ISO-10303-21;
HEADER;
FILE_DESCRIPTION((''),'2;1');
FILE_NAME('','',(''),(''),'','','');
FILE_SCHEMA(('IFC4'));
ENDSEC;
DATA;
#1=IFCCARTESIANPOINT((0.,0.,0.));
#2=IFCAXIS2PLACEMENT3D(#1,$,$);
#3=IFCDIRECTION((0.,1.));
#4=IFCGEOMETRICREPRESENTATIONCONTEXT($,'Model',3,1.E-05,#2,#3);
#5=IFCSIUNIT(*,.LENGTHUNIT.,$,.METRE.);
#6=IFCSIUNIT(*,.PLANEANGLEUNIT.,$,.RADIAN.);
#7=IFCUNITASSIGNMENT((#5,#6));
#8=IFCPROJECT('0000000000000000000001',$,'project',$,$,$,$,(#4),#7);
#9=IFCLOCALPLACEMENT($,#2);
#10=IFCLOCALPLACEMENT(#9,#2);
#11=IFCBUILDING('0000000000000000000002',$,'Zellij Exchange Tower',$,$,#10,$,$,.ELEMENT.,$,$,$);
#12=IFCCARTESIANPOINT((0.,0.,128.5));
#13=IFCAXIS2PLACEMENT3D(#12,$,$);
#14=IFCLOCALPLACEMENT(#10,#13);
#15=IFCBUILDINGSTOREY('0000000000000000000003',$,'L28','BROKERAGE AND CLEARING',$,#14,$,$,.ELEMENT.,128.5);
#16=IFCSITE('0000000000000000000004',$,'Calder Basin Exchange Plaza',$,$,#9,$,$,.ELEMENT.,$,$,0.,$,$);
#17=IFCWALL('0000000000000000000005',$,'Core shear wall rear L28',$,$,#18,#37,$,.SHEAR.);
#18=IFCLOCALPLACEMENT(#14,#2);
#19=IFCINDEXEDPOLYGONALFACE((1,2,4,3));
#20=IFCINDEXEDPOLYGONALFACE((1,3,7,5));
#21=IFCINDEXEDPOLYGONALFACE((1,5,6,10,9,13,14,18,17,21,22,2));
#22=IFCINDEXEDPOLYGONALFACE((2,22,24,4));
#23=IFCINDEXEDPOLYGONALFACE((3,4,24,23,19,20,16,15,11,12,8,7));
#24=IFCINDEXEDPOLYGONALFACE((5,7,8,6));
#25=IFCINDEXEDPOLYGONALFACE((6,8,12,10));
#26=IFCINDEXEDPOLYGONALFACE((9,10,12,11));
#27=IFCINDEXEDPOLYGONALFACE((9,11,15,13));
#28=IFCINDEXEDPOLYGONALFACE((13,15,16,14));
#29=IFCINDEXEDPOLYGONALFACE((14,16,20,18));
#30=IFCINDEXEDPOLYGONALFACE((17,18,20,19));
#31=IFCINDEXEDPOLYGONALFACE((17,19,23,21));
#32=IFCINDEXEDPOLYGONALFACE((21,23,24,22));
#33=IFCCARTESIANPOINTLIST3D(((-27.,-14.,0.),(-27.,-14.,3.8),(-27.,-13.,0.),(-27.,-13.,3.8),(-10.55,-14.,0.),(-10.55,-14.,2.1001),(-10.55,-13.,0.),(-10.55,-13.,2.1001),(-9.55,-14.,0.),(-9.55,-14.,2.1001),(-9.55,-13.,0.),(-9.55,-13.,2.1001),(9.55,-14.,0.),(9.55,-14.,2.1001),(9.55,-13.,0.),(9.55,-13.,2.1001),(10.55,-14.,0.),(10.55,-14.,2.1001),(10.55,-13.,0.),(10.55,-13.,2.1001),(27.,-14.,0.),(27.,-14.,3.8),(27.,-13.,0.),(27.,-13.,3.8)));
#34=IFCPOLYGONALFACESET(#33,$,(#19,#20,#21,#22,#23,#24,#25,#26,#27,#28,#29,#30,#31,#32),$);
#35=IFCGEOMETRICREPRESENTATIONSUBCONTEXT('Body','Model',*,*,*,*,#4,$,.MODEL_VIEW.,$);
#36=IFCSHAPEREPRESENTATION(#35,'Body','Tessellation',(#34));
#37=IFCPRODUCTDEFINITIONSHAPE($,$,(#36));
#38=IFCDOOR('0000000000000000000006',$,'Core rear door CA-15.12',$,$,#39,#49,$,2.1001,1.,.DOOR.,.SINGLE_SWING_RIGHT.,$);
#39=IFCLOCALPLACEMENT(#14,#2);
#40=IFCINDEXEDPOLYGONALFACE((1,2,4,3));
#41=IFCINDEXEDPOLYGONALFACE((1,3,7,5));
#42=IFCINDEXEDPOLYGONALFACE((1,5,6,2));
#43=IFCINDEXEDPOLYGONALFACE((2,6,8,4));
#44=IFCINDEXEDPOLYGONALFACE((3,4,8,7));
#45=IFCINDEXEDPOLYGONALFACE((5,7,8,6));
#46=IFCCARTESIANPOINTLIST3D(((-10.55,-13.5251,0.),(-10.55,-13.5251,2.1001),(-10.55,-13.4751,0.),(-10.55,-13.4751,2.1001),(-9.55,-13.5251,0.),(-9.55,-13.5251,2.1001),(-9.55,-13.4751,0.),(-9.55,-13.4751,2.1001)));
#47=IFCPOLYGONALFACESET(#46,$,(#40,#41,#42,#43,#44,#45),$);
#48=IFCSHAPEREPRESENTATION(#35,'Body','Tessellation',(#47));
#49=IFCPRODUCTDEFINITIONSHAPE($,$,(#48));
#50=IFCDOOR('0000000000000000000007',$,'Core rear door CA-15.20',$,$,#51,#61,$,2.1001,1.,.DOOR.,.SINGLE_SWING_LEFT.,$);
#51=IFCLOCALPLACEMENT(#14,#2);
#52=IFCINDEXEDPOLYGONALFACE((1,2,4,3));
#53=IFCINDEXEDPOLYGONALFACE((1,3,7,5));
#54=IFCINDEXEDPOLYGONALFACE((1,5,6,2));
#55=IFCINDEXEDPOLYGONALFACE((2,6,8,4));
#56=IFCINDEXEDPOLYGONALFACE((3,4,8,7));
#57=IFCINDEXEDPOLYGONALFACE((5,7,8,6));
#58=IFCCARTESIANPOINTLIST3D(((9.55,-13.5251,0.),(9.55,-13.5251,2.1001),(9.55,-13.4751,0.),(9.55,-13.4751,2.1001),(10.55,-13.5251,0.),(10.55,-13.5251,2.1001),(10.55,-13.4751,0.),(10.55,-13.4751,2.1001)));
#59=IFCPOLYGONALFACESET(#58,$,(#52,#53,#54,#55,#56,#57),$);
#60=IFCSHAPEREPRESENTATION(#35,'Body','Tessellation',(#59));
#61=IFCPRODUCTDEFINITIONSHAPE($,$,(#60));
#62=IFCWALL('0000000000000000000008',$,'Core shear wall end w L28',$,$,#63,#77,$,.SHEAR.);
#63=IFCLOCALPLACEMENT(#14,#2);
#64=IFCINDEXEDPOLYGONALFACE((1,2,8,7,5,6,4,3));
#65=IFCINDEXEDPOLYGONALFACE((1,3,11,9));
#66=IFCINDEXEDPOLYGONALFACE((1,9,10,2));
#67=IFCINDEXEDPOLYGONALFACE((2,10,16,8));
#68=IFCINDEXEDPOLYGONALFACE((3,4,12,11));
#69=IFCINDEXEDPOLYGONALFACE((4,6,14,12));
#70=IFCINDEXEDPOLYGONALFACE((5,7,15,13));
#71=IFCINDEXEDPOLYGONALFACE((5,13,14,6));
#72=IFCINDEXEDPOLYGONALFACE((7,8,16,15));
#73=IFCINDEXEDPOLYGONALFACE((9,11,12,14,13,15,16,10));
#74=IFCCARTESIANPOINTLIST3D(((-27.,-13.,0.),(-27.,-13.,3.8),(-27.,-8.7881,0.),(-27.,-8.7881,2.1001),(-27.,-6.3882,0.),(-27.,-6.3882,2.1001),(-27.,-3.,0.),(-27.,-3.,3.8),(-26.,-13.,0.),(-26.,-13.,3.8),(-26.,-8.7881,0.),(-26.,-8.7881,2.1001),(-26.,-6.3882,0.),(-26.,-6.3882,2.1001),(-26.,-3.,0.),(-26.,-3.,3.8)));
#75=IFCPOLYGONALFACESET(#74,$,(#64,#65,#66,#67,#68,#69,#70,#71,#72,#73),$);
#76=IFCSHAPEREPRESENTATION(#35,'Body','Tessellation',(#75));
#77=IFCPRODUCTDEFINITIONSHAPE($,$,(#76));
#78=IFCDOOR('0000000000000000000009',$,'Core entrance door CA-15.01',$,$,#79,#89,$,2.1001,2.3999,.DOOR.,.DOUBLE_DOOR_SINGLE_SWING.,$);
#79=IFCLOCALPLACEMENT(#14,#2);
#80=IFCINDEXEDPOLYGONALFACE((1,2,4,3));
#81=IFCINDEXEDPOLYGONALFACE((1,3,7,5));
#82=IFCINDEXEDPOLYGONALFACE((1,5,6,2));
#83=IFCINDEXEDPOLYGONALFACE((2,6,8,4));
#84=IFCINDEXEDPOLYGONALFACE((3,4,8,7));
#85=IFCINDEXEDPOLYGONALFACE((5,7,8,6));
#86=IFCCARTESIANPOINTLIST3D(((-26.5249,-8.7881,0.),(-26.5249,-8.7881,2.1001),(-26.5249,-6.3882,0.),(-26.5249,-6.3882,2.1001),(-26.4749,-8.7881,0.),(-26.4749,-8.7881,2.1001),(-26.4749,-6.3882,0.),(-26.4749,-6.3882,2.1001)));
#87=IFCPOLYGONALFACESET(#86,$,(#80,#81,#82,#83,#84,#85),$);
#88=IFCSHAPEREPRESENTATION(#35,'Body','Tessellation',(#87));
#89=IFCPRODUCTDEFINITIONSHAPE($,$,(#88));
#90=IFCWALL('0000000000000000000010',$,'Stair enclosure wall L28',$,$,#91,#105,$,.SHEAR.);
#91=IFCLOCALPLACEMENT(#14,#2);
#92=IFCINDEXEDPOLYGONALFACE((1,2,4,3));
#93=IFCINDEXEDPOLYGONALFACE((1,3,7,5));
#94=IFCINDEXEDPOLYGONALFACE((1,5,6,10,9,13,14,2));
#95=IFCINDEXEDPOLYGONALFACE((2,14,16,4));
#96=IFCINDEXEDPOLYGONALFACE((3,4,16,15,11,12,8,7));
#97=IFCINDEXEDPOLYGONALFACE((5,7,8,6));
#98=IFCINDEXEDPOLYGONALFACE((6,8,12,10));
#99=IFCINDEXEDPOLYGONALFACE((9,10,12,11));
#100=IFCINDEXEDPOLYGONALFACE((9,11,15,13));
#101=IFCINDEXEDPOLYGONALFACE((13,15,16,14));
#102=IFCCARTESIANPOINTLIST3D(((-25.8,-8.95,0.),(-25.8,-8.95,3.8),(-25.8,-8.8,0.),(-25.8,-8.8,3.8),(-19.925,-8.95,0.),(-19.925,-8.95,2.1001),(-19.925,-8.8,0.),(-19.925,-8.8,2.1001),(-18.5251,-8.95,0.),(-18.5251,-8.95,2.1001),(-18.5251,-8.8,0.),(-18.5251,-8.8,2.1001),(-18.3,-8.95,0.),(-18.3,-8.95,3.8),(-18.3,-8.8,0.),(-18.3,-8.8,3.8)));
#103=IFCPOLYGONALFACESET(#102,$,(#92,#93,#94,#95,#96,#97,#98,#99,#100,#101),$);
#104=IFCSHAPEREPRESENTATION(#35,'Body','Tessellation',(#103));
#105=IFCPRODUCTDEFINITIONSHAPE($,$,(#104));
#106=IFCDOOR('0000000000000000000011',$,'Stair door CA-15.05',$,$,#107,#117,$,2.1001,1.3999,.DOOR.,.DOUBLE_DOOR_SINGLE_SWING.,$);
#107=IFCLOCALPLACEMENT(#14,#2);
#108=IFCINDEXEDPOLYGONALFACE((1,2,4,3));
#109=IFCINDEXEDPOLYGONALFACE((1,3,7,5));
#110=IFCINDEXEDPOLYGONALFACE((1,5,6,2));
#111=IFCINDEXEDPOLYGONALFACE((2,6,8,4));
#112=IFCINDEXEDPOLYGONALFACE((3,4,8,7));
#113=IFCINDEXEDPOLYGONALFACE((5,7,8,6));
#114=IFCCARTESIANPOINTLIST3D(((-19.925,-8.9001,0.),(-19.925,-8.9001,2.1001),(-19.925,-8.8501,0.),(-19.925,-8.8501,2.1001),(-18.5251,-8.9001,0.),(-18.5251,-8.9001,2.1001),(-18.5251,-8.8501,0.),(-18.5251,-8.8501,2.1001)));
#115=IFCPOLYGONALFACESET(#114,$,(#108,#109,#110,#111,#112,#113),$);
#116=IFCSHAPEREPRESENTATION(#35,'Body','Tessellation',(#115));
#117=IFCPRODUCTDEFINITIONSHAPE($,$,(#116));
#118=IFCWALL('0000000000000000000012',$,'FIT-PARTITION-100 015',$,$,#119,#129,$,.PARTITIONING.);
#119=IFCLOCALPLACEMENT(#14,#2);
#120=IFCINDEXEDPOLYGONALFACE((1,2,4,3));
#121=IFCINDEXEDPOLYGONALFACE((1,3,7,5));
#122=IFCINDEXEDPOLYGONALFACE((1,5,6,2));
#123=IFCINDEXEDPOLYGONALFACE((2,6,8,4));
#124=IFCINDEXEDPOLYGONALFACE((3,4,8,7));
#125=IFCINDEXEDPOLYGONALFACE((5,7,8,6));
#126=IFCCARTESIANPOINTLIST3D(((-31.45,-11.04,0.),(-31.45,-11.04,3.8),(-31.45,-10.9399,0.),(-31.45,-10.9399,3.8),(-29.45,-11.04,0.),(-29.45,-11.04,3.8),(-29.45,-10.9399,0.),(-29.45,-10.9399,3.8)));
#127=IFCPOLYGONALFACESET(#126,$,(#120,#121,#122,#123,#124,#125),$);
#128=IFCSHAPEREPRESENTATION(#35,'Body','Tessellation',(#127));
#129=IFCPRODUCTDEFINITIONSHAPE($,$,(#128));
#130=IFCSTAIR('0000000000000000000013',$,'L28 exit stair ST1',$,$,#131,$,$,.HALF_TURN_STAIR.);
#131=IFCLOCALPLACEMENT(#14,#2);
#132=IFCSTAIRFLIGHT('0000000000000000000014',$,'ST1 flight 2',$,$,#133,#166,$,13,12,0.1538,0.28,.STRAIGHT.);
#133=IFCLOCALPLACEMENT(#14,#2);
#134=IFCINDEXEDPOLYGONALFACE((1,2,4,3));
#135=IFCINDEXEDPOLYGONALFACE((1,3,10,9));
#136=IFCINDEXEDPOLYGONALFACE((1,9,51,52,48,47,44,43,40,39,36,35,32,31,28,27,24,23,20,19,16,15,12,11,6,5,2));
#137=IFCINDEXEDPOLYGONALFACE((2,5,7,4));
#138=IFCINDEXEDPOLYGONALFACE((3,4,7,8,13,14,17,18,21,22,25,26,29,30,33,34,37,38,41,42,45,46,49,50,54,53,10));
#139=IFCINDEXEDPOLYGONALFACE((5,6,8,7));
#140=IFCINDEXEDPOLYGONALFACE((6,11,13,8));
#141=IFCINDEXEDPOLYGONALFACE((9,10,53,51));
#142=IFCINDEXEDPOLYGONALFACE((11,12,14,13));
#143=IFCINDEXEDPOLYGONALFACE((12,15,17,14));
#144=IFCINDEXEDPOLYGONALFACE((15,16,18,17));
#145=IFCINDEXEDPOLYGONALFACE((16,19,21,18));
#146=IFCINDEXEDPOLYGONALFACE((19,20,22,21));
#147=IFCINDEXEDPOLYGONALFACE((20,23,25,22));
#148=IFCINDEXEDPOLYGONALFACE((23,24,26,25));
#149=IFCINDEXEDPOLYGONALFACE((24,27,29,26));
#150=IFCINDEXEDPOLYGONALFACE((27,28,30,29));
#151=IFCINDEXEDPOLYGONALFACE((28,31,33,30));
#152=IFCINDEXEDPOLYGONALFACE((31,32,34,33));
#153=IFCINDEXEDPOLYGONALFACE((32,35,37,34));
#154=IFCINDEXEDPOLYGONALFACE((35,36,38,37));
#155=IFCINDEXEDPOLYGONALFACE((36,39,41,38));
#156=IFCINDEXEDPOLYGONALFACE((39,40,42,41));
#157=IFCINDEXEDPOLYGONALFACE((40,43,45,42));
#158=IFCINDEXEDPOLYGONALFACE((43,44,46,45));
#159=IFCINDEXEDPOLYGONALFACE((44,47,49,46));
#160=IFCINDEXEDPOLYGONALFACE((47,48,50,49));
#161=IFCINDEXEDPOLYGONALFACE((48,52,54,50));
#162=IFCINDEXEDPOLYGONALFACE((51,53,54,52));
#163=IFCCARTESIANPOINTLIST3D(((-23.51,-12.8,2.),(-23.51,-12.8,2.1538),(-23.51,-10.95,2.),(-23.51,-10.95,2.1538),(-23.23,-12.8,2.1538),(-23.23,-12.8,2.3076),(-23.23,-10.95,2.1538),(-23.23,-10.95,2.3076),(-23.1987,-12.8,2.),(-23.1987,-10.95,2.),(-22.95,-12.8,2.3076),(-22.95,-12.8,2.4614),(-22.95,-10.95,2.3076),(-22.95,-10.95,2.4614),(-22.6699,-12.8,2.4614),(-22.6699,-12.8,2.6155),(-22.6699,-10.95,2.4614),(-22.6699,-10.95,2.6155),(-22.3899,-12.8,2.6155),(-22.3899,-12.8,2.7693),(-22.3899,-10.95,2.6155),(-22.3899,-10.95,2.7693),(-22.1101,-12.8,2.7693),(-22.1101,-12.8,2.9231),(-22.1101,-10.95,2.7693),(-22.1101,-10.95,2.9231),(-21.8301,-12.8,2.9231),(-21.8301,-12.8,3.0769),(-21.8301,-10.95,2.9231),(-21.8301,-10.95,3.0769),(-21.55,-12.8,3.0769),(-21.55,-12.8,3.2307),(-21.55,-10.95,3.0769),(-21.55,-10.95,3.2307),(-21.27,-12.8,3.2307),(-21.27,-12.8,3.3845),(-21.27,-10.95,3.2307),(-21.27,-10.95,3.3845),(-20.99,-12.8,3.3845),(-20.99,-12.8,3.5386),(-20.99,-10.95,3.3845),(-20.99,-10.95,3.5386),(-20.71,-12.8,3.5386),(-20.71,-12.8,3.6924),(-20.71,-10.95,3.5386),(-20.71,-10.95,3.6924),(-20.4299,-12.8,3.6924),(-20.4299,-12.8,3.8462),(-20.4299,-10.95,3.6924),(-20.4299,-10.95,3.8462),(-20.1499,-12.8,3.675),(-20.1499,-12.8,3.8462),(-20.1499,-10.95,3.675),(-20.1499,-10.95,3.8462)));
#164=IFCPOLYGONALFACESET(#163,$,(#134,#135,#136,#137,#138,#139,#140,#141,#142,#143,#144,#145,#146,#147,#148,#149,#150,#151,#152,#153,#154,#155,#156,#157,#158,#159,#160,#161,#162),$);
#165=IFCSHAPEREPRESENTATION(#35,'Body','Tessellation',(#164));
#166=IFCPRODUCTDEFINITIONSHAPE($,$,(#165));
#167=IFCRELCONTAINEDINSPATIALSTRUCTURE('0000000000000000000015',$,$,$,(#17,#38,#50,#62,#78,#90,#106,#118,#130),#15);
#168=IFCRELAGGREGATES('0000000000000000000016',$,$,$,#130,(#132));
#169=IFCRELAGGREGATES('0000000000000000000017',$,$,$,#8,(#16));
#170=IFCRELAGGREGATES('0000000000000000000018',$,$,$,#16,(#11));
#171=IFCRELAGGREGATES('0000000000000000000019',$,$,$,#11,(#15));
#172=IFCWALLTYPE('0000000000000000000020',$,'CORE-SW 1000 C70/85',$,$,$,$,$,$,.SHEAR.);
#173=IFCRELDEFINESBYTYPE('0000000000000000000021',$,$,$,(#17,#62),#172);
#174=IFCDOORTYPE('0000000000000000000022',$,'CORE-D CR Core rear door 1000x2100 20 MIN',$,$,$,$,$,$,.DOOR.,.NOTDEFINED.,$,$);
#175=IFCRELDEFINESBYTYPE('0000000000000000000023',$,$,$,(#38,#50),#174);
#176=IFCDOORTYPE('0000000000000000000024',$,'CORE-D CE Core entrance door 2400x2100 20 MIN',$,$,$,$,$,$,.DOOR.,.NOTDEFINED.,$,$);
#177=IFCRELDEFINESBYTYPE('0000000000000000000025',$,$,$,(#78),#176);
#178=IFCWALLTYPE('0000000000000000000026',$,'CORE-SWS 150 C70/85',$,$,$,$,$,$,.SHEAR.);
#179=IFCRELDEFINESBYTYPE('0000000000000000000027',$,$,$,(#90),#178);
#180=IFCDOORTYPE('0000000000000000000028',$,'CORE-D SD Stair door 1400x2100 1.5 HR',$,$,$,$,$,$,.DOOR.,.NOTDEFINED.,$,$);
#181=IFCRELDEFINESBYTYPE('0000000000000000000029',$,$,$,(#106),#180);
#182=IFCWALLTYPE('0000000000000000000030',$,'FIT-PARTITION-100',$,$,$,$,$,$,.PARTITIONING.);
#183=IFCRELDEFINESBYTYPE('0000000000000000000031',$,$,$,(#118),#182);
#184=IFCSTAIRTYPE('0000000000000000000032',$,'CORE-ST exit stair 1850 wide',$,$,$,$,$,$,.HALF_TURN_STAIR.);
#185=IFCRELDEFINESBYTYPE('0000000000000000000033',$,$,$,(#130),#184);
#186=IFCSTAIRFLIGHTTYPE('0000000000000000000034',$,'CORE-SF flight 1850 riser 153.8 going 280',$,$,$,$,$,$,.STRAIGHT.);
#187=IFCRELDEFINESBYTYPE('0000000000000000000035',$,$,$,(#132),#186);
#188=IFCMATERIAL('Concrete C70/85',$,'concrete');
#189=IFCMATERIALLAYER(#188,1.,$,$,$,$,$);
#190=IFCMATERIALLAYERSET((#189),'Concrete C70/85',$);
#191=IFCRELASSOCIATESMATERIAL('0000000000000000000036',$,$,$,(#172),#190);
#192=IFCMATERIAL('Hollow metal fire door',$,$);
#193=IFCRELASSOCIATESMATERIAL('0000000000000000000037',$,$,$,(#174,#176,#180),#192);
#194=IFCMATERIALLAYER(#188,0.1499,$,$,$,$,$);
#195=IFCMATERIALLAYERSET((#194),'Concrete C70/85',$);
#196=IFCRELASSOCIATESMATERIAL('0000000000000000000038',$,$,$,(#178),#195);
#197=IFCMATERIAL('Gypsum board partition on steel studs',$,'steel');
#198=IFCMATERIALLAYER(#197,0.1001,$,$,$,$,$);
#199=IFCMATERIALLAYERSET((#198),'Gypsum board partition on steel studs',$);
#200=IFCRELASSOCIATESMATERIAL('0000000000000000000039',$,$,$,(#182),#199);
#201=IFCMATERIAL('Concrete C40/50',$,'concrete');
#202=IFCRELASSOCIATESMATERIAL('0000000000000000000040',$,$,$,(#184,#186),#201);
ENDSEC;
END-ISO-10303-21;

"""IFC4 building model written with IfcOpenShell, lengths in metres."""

from ifc_helpers import new_model, si_unit, direction, frame, frame_2d, origin, place, context, subcontext, project, spatial, polyline, rectangle, outline, extrude, material, layer, layer_set, type_object, element, fill, aggregate, save


model = new_model("IFC4")

# Units and contexts
model_context = context("Model", 3, precision=1e-05, world=origin(), true_north=direction((0.0, 1.0)))
body_context = subcontext(model_context, "Body", "Model", "MODEL_VIEW")
ifc_project = project(units=[si_unit("LENGTHUNIT", "METRE"), si_unit("PLANEANGLEUNIT", "RADIAN")], contexts=[model_context])

# Site, building, storey
site_placement = place(None, origin())
site = spatial("IfcSite", under=ifc_project, at=site_placement, Name="Calder Basin Exchange Plaza", CompositionType="ELEMENT", RefElevation=0.0)
building_placement = place(site_placement, origin())
building = spatial("IfcBuilding", under=site, at=building_placement, Name="Zellij Exchange Tower", CompositionType="ELEMENT")
storey_placement = place(building_placement, frame((0.0, 0.0, 128.5)))
storey = spatial("IfcBuildingStorey", under=building, at=storey_placement, Name="L28", Description="BROKERAGE AND CLEARING", CompositionType="ELEMENT", Elevation=128.5)

# Wall, openings, doors
ifc_material_1 = material(Name="Hollow metal fire door")
ifc_material_2 = material(Name="Concrete C70/85", Category="concrete")
ifc_layer_1 = layer(ifc_material_2, 1.0)
ifc_layer_set_1 = layer_set([ifc_layer_1], Name="Concrete C70/85")
wall_type_1 = type_object("IfcWallType", Name="CORE-SW 1000 C70/85", PredefinedType="SHEAR", material=ifc_layer_set_1)
wall_1_placement = place(storey_placement, frame((-27.0, -13.5, 0.0), z_axis=(0.0, 0.0, 1.0), x_axis=(1.0, 0.0, 0.0)))
wall_1 = element("IfcWall", 1, at=wall_1_placement, inside=storey, type_object=wall_type_1, Name="Core shear wall rear L28", PredefinedType="SHEAR", context=body_context, shape_type="SweptSolid", body=[
    extrude(rectangle(XDim=54.0, YDim=1.0, at=frame_2d((27.0, 0.0))), origin(), (0.0, 0.0, 1.0), 3.8),
])
opening_1_placement = place(wall_1_placement, frame((16.45, 0.0, 0.0)))
opening_1 = element("IfcOpeningElement", 2, at=opening_1_placement, cuts=wall_1, PredefinedType="OPENING", context=body_context, shape_type="SweptSolid", body=[
    extrude(rectangle(XDim=1.0, YDim=2.1001, at=frame_2d((0.5, 1.05))), frame((0.0, 0.512, 0.0), z_axis=(0.0, -1.0, 0.0), x_axis=(1.0, 0.0, 0.0)), (0.0, 0.0, 1.0), 1.0239),
])
opening_2_placement = place(wall_1_placement, frame((36.55, 0.0, 0.0)))
opening_2 = element("IfcOpeningElement", 3, at=opening_2_placement, cuts=wall_1, PredefinedType="OPENING", context=body_context, shape_type="SweptSolid", body=[
    extrude(rectangle(XDim=1.0, YDim=2.1001, at=frame_2d((0.5, 1.05))), frame((0.0, 0.512, 0.0), z_axis=(0.0, -1.0, 0.0), x_axis=(1.0, 0.0, 0.0)), (0.0, 0.0, 1.0), 1.0239),
])
door_type_1 = type_object("IfcDoorType", Name="CORE-D CR Core rear door 1000x2100 20 MIN", OperationType="NOTDEFINED", PredefinedType="DOOR", material=ifc_material_1)
door_1_placement = place(opening_1_placement, origin())
door_1 = element("IfcDoor", 4, at=door_1_placement, inside=storey, type_object=door_type_1, Name="Core rear door CA-15.12", OperationType="SINGLE_SWING_RIGHT", OverallHeight=2.1001, OverallWidth=1.0, PredefinedType="DOOR", context=body_context, shape_type="SweptSolid", body=[
    extrude(rectangle(XDim=1.0, YDim=2.1001, at=frame_2d((0.5, 1.05))), frame((0.0, 0.0249, 0.0), z_axis=(0.0, -1.0, 0.0), x_axis=(1.0, 0.0, 0.0)), (0.0, 0.0, 1.0), 0.05),
])
fill(opening_1, door_1)
door_2_placement = place(opening_2_placement, origin())
door_2 = element("IfcDoor", 5, at=door_2_placement, inside=storey, type_object=door_type_1, Name="Core rear door CA-15.20", OperationType="SINGLE_SWING_LEFT", OverallHeight=2.1001, OverallWidth=1.0, PredefinedType="DOOR", context=body_context, shape_type="SweptSolid", body=[
    extrude(rectangle(XDim=1.0, YDim=2.1001, at=frame_2d((0.5, 1.05))), frame((0.0, 0.0249, 0.0), z_axis=(0.0, -1.0, 0.0), x_axis=(1.0, 0.0, 0.0)), (0.0, 0.0, 1.0), 0.05),
])
fill(opening_2, door_2)

# Walls, openings, doors
wall_2_placement = place(storey_placement, frame((-26.5, -13.0, 0.0), z_axis=(0.0, 0.0, 1.0), x_axis=(0.0, 1.0, 0.0)))
wall_2 = element("IfcWall", 6, at=wall_2_placement, inside=storey, type_object=wall_type_1, Name="Core shear wall end w L28", PredefinedType="SHEAR", context=body_context, shape_type="SweptSolid", body=[
    extrude(rectangle(XDim=10.0, YDim=1.0, at=frame_2d((5.0, 0.0))), origin(), (0.0, 0.0, 1.0), 3.8),
])
opening_3_placement = place(wall_2_placement, frame((4.2119, 0.0, 0.0)))
opening_3 = element("IfcOpeningElement", 7, at=opening_3_placement, cuts=wall_2, PredefinedType="OPENING", context=body_context, shape_type="SweptSolid", body=[
    extrude(rectangle(XDim=2.3999, YDim=2.1001, at=frame_2d((1.2, 1.05))), frame((0.0, 0.512, 0.0), z_axis=(0.0, -1.0, 0.0), x_axis=(1.0, 0.0, 0.0)), (0.0, 0.0, 1.0), 1.0239),
])
door_type_2 = type_object("IfcDoorType", Name="CORE-D CE Core entrance door 2400x2100 20 MIN", OperationType="NOTDEFINED", PredefinedType="DOOR", material=ifc_material_1)
door_3_placement = place(opening_3_placement, origin())
door_3 = element("IfcDoor", 8, at=door_3_placement, inside=storey, type_object=door_type_2, Name="Core entrance door CA-15.01", OperationType="DOUBLE_DOOR_SINGLE_SWING", OverallHeight=2.1001, OverallWidth=2.3999, PredefinedType="DOOR", context=body_context, shape_type="SweptSolid", body=[
    extrude(rectangle(XDim=2.3999, YDim=2.1001, at=frame_2d((1.2, 1.05))), frame((0.0, 0.0249, 0.0), z_axis=(0.0, -1.0, 0.0), x_axis=(1.0, 0.0, 0.0)), (0.0, 0.0, 1.0), 0.05),
])
fill(opening_3, door_3)
ifc_layer_2 = layer(ifc_material_2, 0.1499)
ifc_layer_set_2 = layer_set([ifc_layer_2], Name="Concrete C70/85")
wall_type_2 = type_object("IfcWallType", Name="CORE-SWS 150 C70/85", PredefinedType="SHEAR", material=ifc_layer_set_2)
wall_3_placement = place(storey_placement, frame((-25.8, -8.875, 0.0), z_axis=(0.0, 0.0, 1.0), x_axis=(1.0, 0.0, 0.0)))
wall_3 = element("IfcWall", 9, at=wall_3_placement, inside=storey, type_object=wall_type_2, Name="Stair enclosure wall L28", PredefinedType="SHEAR", context=body_context, shape_type="SweptSolid", body=[
    extrude(rectangle(XDim=7.5, YDim=0.1499, at=frame_2d((3.75, 0.0))), origin(), (0.0, 0.0, 1.0), 3.8),
])
opening_4_placement = place(wall_3_placement, frame((5.875, 0.0, 0.0)))
opening_4 = element("IfcOpeningElement", 10, at=opening_4_placement, cuts=wall_3, PredefinedType="OPENING", context=body_context, shape_type="SweptSolid", body=[
    extrude(rectangle(XDim=1.3999, YDim=2.1001, at=frame_2d((0.7, 1.05))), frame((0.0, 0.0869, 0.0), z_axis=(0.0, -1.0, 0.0), x_axis=(1.0, 0.0, 0.0)), (0.0, 0.0, 1.0), 0.1738),
])
door_type_3 = type_object("IfcDoorType", Name="CORE-D SD Stair door 1400x2100 1.5 HR", OperationType="NOTDEFINED", PredefinedType="DOOR", material=ifc_material_1)
door_4_placement = place(opening_4_placement, origin())
door_4 = element("IfcDoor", 11, at=door_4_placement, inside=storey, type_object=door_type_3, Name="Stair door CA-15.05", OperationType="DOUBLE_DOOR_SINGLE_SWING", OverallHeight=2.1001, OverallWidth=1.3999, PredefinedType="DOOR", context=body_context, shape_type="SweptSolid", body=[
    extrude(rectangle(XDim=1.3999, YDim=2.1001, at=frame_2d((0.7, 1.05))), frame((0.0, 0.0249, 0.0), z_axis=(0.0, -1.0, 0.0), x_axis=(1.0, 0.0, 0.0)), (0.0, 0.0, 1.0), 0.05),
])
fill(opening_4, door_4)

# Wall
ifc_material_3 = material(Name="Gypsum board partition on steel studs", Category="steel")
ifc_layer_3 = layer(ifc_material_3, 0.1001)
ifc_layer_set_3 = layer_set([ifc_layer_3], Name="Gypsum board partition on steel studs")
wall_type_3 = type_object("IfcWallType", Name="FIT-PARTITION-100", PredefinedType="PARTITIONING", material=ifc_layer_set_3)
wall_4_placement = place(storey_placement, frame((-31.45, -10.99, 0.0), z_axis=(0.0, 0.0, 1.0), x_axis=(1.0, 0.0, 0.0)))
element("IfcWall", 12, at=wall_4_placement, inside=storey, type_object=wall_type_3, Name="FIT-PARTITION-100 015", PredefinedType="PARTITIONING", context=body_context, shape_type="SweptSolid", body=[
    extrude(rectangle(XDim=2.0, YDim=0.1001, at=frame_2d((1.0, 0.0))), origin(), (0.0, 0.0, 1.0), 3.8),
])

# Stair, stair flight
ifc_material_4 = material(Name="Concrete C40/50", Category="concrete")
stair_type = type_object("IfcStairType", Name="CORE-ST exit stair 1850 wide", PredefinedType="HALF_TURN_STAIR", material=ifc_material_4)
stair_placement = place(storey_placement, origin())
stair = element("IfcStair", 13, at=stair_placement, inside=storey, type_object=stair_type, Name="L28 exit stair ST1", PredefinedType="HALF_TURN_STAIR")
stair_flight_type = type_object("IfcStairFlightType", Name="CORE-SF flight 1850 riser 153.8 going 280", PredefinedType="STRAIGHT", material=ifc_material_4)
stair_flight_placement = place(storey_placement, frame((-23.51, -11.875, 2.0), z_axis=(0.0, 0.0, 1.0), x_axis=(1.0, 0.0, 0.0)))
stair_flight = element("IfcStairFlight", 14, at=stair_flight_placement, type_object=stair_flight_type, Name="ST1 flight 2", NumberOfRisers=13, NumberOfTreads=12, PredefinedType="STRAIGHT", RiserHeight=0.1538, TreadLength=0.28, context=body_context, shape_type="SweptSolid", body=[
    extrude(outline(polyline([(0.0, 0.0), (0.0, 0.1538), (0.28, 0.1538), (0.28, 0.3076), (0.5601, 0.3076), (0.5601, 0.4614), (0.8401, 0.4614), (0.8401, 0.6155), (1.1201, 0.6155), (1.1201, 0.7693), (1.3999, 0.7693), (1.3999, 0.9231), (1.6799, 0.9231), (1.6799, 1.0769), (1.96, 1.0769), (1.96, 1.2307), (2.24, 1.2307), (2.24, 1.3845), (2.52, 1.3845), (2.52, 1.5386), (2.8, 1.5386), (2.8, 1.6924), (3.0801, 1.6924), (3.0801, 1.8462), (3.3601, 1.8462), (3.3601, 2.0), (3.3601, 1.675), (0.3113, 0.0), (0.0, 0.0)])), frame((0.0, 0.925, 0.0), z_axis=(0.0, -1.0, 0.0), x_axis=(1.0, 0.0, 0.0)), (0.0, 0.0, 1.0), 1.8501),
])
aggregate(stair, [stair_flight])

save(model, "model.ifc")
